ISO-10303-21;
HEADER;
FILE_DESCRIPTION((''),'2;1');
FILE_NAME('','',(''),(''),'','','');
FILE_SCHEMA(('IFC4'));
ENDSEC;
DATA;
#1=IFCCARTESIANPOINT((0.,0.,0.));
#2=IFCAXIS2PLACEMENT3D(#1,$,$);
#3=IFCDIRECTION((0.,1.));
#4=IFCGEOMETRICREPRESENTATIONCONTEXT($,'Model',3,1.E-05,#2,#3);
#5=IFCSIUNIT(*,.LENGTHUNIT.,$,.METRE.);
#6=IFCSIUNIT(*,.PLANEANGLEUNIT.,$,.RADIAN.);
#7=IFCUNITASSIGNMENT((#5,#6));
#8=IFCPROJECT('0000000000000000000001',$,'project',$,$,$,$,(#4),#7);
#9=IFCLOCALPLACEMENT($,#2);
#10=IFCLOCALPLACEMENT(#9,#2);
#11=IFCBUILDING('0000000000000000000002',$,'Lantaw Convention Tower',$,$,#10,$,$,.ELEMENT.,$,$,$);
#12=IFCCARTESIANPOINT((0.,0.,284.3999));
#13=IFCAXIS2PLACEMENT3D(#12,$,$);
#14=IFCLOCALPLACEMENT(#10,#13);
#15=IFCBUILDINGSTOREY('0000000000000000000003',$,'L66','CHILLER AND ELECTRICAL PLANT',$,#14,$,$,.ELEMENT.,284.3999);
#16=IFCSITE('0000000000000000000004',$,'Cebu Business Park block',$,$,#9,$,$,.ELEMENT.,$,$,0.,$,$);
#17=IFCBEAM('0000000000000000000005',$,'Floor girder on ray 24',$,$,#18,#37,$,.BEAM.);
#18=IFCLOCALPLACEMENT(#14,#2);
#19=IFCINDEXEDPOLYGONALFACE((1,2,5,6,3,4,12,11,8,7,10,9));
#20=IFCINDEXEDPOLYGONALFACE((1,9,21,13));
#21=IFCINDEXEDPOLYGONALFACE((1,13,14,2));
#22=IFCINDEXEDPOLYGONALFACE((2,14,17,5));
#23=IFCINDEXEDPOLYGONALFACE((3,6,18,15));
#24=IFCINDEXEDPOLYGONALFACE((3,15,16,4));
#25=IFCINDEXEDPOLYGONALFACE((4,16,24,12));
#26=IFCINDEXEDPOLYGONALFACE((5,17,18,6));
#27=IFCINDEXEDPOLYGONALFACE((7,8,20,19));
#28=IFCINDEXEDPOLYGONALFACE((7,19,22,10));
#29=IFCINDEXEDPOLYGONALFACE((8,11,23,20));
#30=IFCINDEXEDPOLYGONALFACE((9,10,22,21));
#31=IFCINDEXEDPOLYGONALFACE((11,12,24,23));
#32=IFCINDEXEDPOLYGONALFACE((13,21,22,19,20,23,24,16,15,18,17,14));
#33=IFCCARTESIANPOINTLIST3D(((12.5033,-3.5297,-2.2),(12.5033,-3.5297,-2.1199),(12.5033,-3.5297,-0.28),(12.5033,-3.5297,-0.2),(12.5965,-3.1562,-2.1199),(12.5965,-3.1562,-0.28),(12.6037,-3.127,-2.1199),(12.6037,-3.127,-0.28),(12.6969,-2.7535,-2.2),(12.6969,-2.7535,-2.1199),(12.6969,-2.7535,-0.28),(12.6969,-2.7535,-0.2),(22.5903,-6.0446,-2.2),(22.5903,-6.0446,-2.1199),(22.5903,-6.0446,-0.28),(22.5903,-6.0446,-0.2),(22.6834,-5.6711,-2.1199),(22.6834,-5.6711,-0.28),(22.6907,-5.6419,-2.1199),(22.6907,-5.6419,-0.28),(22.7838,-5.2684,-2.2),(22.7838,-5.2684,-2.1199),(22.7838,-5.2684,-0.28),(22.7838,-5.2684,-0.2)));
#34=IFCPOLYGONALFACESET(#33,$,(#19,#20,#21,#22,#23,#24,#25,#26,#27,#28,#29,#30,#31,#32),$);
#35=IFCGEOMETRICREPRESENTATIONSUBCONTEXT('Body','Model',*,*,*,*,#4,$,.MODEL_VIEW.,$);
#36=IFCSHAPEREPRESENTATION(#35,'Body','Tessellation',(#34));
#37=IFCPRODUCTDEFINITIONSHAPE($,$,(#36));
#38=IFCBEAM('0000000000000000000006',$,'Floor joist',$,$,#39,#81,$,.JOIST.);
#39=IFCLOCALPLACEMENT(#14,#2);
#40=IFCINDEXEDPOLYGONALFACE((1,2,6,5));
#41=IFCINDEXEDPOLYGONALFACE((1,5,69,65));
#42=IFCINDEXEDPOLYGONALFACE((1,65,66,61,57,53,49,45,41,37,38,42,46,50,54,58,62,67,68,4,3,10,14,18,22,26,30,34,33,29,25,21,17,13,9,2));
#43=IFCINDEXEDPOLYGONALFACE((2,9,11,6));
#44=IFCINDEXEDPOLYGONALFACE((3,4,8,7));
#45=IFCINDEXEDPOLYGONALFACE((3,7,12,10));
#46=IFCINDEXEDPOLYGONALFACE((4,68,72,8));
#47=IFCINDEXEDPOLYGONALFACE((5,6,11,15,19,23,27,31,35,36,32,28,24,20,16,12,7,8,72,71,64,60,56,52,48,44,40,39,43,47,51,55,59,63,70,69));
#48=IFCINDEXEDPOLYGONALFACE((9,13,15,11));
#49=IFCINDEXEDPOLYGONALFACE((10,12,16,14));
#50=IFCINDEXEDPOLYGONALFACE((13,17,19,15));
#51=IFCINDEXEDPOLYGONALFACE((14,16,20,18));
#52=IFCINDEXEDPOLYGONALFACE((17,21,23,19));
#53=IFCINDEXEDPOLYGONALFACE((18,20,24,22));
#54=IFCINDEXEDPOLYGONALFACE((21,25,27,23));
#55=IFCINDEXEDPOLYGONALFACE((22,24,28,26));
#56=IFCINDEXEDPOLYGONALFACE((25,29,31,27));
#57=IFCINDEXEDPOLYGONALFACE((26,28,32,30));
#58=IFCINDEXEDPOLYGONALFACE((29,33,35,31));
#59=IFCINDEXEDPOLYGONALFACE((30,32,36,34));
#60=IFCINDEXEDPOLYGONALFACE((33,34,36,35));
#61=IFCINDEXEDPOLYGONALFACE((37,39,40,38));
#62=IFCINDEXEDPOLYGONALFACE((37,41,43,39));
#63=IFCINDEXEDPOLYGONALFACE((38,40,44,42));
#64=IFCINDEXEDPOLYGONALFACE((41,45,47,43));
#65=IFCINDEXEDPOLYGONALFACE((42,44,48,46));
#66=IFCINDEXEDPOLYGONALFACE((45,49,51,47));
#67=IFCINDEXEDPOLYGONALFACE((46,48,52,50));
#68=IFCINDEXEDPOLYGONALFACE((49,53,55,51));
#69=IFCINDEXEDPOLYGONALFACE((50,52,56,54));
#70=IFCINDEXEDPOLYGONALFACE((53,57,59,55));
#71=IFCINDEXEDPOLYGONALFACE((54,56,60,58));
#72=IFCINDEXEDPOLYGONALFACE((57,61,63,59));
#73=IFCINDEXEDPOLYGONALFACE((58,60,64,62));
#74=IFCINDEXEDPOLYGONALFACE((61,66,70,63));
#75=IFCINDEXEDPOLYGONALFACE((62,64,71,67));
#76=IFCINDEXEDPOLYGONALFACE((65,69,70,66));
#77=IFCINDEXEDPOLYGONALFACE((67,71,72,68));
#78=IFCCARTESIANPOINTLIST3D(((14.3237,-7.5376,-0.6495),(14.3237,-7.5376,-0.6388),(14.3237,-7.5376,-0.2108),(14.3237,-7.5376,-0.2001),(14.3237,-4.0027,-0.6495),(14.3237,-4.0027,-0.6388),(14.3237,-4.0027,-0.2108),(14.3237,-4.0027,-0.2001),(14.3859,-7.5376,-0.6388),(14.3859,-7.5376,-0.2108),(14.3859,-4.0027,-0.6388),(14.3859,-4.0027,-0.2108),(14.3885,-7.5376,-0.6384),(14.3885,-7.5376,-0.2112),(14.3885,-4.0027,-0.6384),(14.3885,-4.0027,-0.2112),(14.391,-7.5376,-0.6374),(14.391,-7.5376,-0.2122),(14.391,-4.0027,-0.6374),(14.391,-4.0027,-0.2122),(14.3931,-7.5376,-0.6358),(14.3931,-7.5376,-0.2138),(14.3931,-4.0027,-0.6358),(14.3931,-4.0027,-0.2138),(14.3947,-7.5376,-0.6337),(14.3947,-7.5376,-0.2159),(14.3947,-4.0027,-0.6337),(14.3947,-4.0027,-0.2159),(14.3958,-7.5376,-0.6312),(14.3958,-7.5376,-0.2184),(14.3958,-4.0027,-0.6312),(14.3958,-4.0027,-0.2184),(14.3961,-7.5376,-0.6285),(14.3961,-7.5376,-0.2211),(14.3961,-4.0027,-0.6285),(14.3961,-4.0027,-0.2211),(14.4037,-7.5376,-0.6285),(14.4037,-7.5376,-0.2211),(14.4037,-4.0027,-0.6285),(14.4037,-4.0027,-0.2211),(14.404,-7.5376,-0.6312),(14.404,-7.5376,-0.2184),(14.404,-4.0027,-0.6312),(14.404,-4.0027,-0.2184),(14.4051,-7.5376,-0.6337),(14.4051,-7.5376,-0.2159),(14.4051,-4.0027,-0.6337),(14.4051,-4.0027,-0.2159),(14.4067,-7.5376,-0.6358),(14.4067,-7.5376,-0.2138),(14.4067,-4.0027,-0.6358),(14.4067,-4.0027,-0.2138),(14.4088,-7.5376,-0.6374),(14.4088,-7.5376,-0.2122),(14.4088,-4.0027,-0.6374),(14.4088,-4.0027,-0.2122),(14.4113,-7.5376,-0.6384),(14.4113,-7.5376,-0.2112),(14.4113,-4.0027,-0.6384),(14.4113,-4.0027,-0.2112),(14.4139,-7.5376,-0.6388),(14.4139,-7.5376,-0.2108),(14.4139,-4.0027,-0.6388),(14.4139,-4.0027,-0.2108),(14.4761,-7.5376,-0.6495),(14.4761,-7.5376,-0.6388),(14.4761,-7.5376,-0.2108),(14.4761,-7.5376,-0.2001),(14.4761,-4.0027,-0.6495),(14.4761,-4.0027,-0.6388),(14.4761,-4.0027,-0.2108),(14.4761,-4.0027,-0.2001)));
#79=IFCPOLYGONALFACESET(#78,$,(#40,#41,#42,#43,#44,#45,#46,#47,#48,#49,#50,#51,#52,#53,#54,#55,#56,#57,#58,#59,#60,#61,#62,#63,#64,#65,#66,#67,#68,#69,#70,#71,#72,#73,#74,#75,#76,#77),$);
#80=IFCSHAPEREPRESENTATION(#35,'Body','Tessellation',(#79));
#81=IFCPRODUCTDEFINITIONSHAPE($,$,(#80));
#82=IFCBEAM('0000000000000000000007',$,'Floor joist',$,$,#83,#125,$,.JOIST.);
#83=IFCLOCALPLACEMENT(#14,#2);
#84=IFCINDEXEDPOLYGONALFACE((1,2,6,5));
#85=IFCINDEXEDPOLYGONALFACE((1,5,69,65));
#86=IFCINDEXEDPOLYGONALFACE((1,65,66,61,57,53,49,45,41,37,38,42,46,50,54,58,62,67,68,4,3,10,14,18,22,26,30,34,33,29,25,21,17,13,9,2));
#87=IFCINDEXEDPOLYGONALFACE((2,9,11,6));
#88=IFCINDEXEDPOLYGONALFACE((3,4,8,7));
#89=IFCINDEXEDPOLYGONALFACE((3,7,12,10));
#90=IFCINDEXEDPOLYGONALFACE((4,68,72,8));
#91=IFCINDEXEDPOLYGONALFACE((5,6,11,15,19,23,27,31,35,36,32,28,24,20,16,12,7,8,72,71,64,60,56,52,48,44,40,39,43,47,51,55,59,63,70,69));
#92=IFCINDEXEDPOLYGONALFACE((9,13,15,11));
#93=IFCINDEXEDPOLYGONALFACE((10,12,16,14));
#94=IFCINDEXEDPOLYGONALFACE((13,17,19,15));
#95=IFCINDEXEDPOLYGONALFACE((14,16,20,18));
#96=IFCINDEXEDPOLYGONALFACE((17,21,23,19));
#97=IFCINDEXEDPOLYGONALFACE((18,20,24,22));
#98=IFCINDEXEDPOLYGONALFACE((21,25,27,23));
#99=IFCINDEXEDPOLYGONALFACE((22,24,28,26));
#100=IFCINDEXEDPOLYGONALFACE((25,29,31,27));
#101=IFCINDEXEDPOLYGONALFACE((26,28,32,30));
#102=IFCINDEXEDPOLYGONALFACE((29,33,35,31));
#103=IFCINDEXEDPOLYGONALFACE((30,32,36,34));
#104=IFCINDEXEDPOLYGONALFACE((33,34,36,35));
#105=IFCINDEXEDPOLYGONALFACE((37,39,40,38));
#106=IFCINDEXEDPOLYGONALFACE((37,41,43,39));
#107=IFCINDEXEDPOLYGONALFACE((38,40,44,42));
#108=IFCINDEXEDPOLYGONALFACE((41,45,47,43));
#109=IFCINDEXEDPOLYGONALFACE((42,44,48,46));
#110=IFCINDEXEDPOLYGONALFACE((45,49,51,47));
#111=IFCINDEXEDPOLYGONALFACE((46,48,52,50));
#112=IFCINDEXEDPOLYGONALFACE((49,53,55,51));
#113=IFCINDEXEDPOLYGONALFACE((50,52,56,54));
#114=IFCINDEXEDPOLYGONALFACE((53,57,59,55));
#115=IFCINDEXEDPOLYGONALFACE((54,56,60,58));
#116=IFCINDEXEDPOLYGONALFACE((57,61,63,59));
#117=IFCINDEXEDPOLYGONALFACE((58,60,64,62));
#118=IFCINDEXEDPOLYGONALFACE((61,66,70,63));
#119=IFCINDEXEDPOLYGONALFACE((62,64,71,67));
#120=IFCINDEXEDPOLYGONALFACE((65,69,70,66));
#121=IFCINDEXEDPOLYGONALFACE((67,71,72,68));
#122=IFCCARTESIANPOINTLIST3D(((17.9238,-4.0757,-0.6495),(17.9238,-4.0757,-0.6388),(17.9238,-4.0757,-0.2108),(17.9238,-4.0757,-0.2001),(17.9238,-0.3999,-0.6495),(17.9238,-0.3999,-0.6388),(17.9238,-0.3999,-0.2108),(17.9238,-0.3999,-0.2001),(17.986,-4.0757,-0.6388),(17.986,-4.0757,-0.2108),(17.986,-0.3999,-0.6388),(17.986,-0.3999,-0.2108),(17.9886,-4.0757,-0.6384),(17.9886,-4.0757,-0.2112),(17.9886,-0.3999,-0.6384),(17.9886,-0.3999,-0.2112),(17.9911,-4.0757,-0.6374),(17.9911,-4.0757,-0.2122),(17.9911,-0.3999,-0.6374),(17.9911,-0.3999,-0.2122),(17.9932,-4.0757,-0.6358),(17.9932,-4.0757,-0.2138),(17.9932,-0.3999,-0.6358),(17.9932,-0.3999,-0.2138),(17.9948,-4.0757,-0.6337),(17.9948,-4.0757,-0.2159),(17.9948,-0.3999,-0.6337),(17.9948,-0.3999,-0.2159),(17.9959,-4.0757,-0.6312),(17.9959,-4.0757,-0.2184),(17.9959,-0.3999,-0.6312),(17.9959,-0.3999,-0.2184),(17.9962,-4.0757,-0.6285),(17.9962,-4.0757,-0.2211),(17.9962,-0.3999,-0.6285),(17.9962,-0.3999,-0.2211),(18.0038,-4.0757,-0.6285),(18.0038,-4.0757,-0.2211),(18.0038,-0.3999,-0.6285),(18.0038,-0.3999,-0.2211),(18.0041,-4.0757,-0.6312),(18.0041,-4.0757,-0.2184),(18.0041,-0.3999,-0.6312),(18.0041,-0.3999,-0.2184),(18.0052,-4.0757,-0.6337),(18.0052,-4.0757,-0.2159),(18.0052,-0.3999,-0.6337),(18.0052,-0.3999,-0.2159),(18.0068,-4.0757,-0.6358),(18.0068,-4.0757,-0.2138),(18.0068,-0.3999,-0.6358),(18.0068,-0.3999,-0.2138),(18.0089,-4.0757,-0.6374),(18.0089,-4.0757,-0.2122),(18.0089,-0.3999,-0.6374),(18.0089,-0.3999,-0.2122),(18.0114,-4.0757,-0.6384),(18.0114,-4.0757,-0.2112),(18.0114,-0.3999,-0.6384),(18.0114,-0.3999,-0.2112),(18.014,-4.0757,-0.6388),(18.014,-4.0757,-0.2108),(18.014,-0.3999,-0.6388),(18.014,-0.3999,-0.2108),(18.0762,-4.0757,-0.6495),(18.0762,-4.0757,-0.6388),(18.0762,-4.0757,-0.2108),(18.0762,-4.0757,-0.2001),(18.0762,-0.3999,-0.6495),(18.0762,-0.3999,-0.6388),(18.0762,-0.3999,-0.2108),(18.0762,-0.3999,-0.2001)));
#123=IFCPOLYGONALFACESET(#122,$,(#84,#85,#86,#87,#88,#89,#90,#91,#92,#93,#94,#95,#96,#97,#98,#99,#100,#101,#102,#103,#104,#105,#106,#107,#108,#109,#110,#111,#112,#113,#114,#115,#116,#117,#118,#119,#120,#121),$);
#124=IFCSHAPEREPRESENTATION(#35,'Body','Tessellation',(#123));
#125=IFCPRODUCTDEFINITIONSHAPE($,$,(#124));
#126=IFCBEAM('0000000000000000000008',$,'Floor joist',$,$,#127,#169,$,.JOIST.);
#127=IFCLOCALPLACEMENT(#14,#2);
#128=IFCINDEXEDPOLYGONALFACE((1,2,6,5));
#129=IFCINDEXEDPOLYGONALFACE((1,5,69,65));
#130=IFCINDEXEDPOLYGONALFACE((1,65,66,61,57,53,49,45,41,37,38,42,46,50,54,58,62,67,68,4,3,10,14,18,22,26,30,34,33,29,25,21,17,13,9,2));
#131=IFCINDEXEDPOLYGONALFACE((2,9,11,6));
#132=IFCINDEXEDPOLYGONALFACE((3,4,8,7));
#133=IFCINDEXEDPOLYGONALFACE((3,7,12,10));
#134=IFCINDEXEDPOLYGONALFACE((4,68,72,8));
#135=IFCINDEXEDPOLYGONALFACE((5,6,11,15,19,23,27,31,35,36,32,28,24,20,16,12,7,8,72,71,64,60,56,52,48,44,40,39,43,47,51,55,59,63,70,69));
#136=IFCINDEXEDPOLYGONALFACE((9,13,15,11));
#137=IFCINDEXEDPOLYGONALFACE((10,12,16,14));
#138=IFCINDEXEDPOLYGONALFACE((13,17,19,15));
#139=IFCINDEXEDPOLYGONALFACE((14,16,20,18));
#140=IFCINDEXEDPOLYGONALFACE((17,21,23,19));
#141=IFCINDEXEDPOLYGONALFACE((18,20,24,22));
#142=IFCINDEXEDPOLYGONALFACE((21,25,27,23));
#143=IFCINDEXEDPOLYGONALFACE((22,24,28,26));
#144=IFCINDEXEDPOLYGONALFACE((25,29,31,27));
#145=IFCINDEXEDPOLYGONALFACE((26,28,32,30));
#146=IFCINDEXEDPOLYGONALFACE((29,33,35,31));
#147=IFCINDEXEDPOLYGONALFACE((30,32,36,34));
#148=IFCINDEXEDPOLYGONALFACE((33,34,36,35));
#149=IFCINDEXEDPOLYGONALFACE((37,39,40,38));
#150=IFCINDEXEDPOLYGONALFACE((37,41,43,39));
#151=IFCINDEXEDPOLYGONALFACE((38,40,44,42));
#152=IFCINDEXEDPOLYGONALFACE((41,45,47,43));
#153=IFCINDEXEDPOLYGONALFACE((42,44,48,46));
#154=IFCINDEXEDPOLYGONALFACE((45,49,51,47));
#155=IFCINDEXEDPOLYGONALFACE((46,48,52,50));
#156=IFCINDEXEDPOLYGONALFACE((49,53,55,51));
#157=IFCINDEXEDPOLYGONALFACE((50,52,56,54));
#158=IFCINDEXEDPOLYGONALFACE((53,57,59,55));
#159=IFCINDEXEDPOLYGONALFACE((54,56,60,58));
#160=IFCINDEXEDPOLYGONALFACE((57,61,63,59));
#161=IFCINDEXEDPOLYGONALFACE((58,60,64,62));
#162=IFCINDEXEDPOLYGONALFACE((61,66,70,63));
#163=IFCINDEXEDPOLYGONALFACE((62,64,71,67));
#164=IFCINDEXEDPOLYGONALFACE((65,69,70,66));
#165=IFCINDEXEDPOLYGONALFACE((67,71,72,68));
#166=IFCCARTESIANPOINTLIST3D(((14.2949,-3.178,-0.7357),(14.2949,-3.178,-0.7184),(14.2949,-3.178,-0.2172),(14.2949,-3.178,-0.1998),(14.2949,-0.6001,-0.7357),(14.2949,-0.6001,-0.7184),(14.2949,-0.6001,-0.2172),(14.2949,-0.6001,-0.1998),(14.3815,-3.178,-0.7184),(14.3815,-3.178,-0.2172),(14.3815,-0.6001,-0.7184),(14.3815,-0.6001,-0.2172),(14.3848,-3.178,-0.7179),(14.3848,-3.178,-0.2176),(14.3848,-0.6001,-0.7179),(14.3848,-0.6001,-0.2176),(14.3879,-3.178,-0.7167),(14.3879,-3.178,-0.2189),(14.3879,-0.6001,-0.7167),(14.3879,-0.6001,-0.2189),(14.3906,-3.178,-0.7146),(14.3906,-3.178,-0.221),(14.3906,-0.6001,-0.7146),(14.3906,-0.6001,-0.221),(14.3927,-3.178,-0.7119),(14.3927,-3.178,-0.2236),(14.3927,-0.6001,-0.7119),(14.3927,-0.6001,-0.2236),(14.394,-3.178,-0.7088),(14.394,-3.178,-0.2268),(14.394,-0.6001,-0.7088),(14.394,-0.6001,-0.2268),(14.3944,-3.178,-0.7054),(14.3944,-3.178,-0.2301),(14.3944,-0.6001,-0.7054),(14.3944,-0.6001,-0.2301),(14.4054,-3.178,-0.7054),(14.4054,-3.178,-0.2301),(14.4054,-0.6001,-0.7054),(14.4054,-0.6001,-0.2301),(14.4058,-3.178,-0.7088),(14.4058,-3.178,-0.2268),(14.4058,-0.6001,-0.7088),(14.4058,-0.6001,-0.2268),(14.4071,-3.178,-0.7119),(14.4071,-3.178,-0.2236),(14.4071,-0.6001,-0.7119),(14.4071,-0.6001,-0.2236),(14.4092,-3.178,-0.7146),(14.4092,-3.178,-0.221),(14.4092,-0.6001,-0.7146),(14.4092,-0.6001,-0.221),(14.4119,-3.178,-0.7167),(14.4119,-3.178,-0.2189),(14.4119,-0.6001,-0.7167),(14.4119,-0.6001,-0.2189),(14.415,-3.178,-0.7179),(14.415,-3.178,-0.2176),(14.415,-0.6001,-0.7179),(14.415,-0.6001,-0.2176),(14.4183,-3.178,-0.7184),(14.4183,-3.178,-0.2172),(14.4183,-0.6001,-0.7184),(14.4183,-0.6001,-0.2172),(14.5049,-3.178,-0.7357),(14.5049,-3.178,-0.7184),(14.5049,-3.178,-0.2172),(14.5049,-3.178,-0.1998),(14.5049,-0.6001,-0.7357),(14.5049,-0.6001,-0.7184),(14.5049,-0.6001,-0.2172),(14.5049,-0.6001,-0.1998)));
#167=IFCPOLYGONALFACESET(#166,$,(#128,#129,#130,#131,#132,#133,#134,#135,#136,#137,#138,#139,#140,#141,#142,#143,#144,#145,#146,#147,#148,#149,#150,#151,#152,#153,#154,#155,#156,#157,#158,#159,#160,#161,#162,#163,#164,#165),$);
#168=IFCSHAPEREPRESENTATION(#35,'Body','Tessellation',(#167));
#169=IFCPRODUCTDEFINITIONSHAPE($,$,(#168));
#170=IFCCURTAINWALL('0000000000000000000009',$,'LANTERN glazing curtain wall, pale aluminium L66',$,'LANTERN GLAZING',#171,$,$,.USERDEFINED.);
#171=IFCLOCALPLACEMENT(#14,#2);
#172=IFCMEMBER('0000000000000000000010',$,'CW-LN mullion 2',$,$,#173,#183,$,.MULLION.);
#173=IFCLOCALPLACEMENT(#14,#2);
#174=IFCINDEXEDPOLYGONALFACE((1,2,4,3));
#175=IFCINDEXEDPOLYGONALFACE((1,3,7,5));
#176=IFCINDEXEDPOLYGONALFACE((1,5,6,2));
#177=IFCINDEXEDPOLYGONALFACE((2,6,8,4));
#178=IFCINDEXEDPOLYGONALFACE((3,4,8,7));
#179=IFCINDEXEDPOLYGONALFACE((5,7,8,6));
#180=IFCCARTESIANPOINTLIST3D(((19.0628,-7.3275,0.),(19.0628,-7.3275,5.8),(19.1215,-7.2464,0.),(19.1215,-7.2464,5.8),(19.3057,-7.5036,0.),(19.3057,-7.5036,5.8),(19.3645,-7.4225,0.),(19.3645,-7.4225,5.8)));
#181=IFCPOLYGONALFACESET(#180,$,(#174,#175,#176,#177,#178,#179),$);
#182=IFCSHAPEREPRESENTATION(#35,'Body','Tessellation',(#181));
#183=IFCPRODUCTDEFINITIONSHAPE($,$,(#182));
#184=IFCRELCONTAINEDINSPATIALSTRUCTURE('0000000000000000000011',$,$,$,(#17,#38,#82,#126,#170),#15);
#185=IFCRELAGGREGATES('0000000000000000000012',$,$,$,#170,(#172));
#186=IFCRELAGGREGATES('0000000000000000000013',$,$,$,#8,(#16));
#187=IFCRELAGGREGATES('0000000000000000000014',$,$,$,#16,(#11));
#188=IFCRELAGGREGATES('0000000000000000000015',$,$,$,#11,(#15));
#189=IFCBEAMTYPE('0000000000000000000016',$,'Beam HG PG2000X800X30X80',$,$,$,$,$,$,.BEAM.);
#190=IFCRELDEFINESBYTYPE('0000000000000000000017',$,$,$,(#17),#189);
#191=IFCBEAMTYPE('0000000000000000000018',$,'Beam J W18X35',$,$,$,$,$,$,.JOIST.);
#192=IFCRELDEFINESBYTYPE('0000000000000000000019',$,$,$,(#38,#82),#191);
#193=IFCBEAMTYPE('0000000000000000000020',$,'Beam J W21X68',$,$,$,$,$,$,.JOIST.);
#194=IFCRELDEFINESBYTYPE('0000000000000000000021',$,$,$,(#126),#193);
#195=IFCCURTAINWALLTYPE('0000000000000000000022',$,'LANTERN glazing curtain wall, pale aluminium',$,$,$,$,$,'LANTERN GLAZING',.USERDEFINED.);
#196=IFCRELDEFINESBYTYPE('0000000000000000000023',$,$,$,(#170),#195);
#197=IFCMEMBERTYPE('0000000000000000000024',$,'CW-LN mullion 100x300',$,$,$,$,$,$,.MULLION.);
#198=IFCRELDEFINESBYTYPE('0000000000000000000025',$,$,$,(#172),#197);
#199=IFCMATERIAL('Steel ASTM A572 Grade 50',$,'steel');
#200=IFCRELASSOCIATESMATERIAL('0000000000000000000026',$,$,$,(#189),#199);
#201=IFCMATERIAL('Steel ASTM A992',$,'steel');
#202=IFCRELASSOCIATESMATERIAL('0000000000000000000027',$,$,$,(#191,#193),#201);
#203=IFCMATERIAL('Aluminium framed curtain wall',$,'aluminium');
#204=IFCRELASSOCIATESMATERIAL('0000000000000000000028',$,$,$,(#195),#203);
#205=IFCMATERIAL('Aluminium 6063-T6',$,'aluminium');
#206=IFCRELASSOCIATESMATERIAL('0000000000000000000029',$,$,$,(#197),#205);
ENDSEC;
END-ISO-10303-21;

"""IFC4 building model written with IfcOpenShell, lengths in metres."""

from ifc_helpers import new_model, si_unit, direction, frame, origin, origin_2d, place, context, subcontext, project, spatial, rectangle, i_section, extrude, material, material_profile, profile_set, type_object, element, aggregate, save


model = new_model("IFC4")

# Units and contexts
model_context = context("Model", 3, precision=1e-05, world=origin(), true_north=direction((0.0, 1.0)))
body_context = subcontext(model_context, "Body", "Model", "MODEL_VIEW")
ifc_project = project(units=[si_unit("LENGTHUNIT", "METRE"), si_unit("PLANEANGLEUNIT", "RADIAN")], contexts=[model_context])

# Site, building, storey
site_placement = place(None, origin())
site = spatial("IfcSite", under=ifc_project, at=site_placement, Name="Cebu Business Park block", CompositionType="ELEMENT", RefElevation=0.0)
building_placement = place(site_placement, origin())
building = spatial("IfcBuilding", under=site, at=building_placement, Name="Lantaw Convention Tower", CompositionType="ELEMENT")
storey_placement = place(building_placement, frame((0.0, 0.0, 284.3999)))
storey = spatial("IfcBuildingStorey", under=building, at=storey_placement, Name="L66", Description="CHILLER AND ELECTRICAL PLANT", CompositionType="ELEMENT", Elevation=284.3999)

# Beams
ifc_material_1 = material(Name="Steel ASTM A572 Grade 50", Category="steel")
ifc_material_profile_1 = material_profile(ifc_material_1, i_section(OverallWidth=0.8, OverallDepth=2.0, WebThickness=0.03, FlangeThickness=0.0801, at=origin_2d()), Name="PG2000X800X30X80")
ifc_profile_set_1 = profile_set([ifc_material_profile_1], Name="Steel ASTM A572 Grade 50")
beam_type_1 = type_object("IfcBeamType", Name="Beam HG PG2000X800X30X80", PredefinedType="BEAM", material=ifc_profile_set_1)
beam_1_placement = place(storey_placement, frame((12.6001, -3.1416, -1.2), z_axis=(0.970297, -0.241917, 0.0), x_axis=(0.241917, 0.970297, 0.0)))
element("IfcBeam", 1, at=beam_1_placement, inside=storey, type_object=beam_type_1, Name="Floor girder on ray 24", PredefinedType="BEAM", context=body_context, shape_type="SweptSolid", body=[
    extrude(i_section(OverallWidth=0.8, OverallDepth=2.0, WebThickness=0.03, FlangeThickness=0.0801, at=origin_2d()), origin(), (0.0, 0.0, 1.0), 10.3958),
])
ifc_material_2 = material(Name="Steel ASTM A992", Category="steel")
ifc_material_profile_2 = material_profile(ifc_material_2, i_section(OverallWidth=0.1523, OverallDepth=0.4495, WebThickness=0.0076, FlangeThickness=0.0107, FilletRadius=0.0103, at=origin_2d()), Name="W18X35")
ifc_profile_set_2 = profile_set([ifc_material_profile_2], Name="Steel ASTM A992")
beam_type_2 = type_object("IfcBeamType", Name="Beam J W18X35", PredefinedType="JOIST", material=ifc_profile_set_2)
beam_2_placement = place(storey_placement, frame((14.3999, -7.5376, -0.4248), z_axis=(0.0, 1.0, 0.0), x_axis=(-1.0, 0.0, 0.0)))
element("IfcBeam", 2, at=beam_2_placement, inside=storey, type_object=beam_type_2, Name="Floor joist", PredefinedType="JOIST", context=body_context, shape_type="SweptSolid", body=[
    extrude(i_section(OverallWidth=0.1523, OverallDepth=0.4495, WebThickness=0.0076, FlangeThickness=0.0107, FilletRadius=0.0103, at=origin_2d()), origin(), (0.0, 0.0, 1.0), 3.5349),
])
beam_3_placement = place(storey_placement, frame((18.0, -4.0757, -0.4248), z_axis=(0.0, 1.0, 0.0), x_axis=(-1.0, 0.0, 0.0)))
element("IfcBeam", 3, at=beam_3_placement, inside=storey, type_object=beam_type_2, Name="Floor joist", PredefinedType="JOIST", context=body_context, shape_type="SweptSolid", body=[
    extrude(i_section(OverallWidth=0.1523, OverallDepth=0.4495, WebThickness=0.0076, FlangeThickness=0.0107, FilletRadius=0.0103, at=origin_2d()), origin(), (0.0, 0.0, 1.0), 3.6758),
])
ifc_material_profile_3 = material_profile(ifc_material_2, i_section(OverallWidth=0.21, OverallDepth=0.5359, WebThickness=0.011, FlangeThickness=0.0173, FilletRadius=0.0129, at=origin_2d()), Name="W21X68")
ifc_profile_set_3 = profile_set([ifc_material_profile_3], Name="Steel ASTM A992")
beam_type_3 = type_object("IfcBeamType", Name="Beam J W21X68", PredefinedType="JOIST", material=ifc_profile_set_3)
beam_4_placement = place(storey_placement, frame((14.3999, -3.178, -0.4678), z_axis=(0.0, 1.0, 0.0), x_axis=(-1.0, 0.0, 0.0)))
element("IfcBeam", 4, at=beam_4_placement, inside=storey, type_object=beam_type_3, Name="Floor joist", PredefinedType="JOIST", context=body_context, shape_type="SweptSolid", body=[
    extrude(i_section(OverallWidth=0.21, OverallDepth=0.5359, WebThickness=0.011, FlangeThickness=0.0173, FilletRadius=0.0129, at=origin_2d()), origin(), (0.0, 0.0, 1.0), 2.5779),
])

# Curtain wall, member
ifc_material_3 = material(Name="Aluminium framed curtain wall", Category="aluminium")
curtain_wall_type = type_object("IfcCurtainWallType", Name="LANTERN glazing curtain wall, pale aluminium", ElementType="LANTERN GLAZING", PredefinedType="USERDEFINED", material=ifc_material_3)
curtain_wall_1_placement = place(storey_placement, origin())
curtain_wall_1 = element("IfcCurtainWall", 5, at=curtain_wall_1_placement, inside=storey, type_object=curtain_wall_type, Name="LANTERN glazing curtain wall, pale aluminium L66", ObjectType="LANTERN GLAZING", PredefinedType="USERDEFINED")
ifc_material_4 = material(Name="Aluminium 6063-T6", Category="aluminium")
ifc_material_profile_4 = material_profile(ifc_material_4, rectangle(XDim=0.3, YDim=0.1001, at=origin_2d()), Name="CW-LN mullion 100x300")
ifc_profile_set_4 = profile_set([ifc_material_profile_4], Name="Aluminium 6063-T6")
member_type_1 = type_object("IfcMemberType", Name="CW-LN mullion 100x300", PredefinedType="MULLION", material=ifc_profile_set_4)
member_1_placement = place(storey_placement, frame((19.2136, -7.375, 0.0), z_axis=(0.0, 0.0, 1.0), x_axis=(-0.809742, 0.586786, 0.0)))
member_1 = element("IfcMember", 6, at=member_1_placement, type_object=member_type_1, Name="CW-LN mullion 2", PredefinedType="MULLION", context=body_context, shape_type="SweptSolid", body=[
    extrude(rectangle(XDim=0.3, YDim=0.1001, at=origin_2d()), origin(), (0.0, 0.0, 1.0), 5.8),
])

aggregate(curtain_wall_1, [member_1])

save(model, "model.ifc")
